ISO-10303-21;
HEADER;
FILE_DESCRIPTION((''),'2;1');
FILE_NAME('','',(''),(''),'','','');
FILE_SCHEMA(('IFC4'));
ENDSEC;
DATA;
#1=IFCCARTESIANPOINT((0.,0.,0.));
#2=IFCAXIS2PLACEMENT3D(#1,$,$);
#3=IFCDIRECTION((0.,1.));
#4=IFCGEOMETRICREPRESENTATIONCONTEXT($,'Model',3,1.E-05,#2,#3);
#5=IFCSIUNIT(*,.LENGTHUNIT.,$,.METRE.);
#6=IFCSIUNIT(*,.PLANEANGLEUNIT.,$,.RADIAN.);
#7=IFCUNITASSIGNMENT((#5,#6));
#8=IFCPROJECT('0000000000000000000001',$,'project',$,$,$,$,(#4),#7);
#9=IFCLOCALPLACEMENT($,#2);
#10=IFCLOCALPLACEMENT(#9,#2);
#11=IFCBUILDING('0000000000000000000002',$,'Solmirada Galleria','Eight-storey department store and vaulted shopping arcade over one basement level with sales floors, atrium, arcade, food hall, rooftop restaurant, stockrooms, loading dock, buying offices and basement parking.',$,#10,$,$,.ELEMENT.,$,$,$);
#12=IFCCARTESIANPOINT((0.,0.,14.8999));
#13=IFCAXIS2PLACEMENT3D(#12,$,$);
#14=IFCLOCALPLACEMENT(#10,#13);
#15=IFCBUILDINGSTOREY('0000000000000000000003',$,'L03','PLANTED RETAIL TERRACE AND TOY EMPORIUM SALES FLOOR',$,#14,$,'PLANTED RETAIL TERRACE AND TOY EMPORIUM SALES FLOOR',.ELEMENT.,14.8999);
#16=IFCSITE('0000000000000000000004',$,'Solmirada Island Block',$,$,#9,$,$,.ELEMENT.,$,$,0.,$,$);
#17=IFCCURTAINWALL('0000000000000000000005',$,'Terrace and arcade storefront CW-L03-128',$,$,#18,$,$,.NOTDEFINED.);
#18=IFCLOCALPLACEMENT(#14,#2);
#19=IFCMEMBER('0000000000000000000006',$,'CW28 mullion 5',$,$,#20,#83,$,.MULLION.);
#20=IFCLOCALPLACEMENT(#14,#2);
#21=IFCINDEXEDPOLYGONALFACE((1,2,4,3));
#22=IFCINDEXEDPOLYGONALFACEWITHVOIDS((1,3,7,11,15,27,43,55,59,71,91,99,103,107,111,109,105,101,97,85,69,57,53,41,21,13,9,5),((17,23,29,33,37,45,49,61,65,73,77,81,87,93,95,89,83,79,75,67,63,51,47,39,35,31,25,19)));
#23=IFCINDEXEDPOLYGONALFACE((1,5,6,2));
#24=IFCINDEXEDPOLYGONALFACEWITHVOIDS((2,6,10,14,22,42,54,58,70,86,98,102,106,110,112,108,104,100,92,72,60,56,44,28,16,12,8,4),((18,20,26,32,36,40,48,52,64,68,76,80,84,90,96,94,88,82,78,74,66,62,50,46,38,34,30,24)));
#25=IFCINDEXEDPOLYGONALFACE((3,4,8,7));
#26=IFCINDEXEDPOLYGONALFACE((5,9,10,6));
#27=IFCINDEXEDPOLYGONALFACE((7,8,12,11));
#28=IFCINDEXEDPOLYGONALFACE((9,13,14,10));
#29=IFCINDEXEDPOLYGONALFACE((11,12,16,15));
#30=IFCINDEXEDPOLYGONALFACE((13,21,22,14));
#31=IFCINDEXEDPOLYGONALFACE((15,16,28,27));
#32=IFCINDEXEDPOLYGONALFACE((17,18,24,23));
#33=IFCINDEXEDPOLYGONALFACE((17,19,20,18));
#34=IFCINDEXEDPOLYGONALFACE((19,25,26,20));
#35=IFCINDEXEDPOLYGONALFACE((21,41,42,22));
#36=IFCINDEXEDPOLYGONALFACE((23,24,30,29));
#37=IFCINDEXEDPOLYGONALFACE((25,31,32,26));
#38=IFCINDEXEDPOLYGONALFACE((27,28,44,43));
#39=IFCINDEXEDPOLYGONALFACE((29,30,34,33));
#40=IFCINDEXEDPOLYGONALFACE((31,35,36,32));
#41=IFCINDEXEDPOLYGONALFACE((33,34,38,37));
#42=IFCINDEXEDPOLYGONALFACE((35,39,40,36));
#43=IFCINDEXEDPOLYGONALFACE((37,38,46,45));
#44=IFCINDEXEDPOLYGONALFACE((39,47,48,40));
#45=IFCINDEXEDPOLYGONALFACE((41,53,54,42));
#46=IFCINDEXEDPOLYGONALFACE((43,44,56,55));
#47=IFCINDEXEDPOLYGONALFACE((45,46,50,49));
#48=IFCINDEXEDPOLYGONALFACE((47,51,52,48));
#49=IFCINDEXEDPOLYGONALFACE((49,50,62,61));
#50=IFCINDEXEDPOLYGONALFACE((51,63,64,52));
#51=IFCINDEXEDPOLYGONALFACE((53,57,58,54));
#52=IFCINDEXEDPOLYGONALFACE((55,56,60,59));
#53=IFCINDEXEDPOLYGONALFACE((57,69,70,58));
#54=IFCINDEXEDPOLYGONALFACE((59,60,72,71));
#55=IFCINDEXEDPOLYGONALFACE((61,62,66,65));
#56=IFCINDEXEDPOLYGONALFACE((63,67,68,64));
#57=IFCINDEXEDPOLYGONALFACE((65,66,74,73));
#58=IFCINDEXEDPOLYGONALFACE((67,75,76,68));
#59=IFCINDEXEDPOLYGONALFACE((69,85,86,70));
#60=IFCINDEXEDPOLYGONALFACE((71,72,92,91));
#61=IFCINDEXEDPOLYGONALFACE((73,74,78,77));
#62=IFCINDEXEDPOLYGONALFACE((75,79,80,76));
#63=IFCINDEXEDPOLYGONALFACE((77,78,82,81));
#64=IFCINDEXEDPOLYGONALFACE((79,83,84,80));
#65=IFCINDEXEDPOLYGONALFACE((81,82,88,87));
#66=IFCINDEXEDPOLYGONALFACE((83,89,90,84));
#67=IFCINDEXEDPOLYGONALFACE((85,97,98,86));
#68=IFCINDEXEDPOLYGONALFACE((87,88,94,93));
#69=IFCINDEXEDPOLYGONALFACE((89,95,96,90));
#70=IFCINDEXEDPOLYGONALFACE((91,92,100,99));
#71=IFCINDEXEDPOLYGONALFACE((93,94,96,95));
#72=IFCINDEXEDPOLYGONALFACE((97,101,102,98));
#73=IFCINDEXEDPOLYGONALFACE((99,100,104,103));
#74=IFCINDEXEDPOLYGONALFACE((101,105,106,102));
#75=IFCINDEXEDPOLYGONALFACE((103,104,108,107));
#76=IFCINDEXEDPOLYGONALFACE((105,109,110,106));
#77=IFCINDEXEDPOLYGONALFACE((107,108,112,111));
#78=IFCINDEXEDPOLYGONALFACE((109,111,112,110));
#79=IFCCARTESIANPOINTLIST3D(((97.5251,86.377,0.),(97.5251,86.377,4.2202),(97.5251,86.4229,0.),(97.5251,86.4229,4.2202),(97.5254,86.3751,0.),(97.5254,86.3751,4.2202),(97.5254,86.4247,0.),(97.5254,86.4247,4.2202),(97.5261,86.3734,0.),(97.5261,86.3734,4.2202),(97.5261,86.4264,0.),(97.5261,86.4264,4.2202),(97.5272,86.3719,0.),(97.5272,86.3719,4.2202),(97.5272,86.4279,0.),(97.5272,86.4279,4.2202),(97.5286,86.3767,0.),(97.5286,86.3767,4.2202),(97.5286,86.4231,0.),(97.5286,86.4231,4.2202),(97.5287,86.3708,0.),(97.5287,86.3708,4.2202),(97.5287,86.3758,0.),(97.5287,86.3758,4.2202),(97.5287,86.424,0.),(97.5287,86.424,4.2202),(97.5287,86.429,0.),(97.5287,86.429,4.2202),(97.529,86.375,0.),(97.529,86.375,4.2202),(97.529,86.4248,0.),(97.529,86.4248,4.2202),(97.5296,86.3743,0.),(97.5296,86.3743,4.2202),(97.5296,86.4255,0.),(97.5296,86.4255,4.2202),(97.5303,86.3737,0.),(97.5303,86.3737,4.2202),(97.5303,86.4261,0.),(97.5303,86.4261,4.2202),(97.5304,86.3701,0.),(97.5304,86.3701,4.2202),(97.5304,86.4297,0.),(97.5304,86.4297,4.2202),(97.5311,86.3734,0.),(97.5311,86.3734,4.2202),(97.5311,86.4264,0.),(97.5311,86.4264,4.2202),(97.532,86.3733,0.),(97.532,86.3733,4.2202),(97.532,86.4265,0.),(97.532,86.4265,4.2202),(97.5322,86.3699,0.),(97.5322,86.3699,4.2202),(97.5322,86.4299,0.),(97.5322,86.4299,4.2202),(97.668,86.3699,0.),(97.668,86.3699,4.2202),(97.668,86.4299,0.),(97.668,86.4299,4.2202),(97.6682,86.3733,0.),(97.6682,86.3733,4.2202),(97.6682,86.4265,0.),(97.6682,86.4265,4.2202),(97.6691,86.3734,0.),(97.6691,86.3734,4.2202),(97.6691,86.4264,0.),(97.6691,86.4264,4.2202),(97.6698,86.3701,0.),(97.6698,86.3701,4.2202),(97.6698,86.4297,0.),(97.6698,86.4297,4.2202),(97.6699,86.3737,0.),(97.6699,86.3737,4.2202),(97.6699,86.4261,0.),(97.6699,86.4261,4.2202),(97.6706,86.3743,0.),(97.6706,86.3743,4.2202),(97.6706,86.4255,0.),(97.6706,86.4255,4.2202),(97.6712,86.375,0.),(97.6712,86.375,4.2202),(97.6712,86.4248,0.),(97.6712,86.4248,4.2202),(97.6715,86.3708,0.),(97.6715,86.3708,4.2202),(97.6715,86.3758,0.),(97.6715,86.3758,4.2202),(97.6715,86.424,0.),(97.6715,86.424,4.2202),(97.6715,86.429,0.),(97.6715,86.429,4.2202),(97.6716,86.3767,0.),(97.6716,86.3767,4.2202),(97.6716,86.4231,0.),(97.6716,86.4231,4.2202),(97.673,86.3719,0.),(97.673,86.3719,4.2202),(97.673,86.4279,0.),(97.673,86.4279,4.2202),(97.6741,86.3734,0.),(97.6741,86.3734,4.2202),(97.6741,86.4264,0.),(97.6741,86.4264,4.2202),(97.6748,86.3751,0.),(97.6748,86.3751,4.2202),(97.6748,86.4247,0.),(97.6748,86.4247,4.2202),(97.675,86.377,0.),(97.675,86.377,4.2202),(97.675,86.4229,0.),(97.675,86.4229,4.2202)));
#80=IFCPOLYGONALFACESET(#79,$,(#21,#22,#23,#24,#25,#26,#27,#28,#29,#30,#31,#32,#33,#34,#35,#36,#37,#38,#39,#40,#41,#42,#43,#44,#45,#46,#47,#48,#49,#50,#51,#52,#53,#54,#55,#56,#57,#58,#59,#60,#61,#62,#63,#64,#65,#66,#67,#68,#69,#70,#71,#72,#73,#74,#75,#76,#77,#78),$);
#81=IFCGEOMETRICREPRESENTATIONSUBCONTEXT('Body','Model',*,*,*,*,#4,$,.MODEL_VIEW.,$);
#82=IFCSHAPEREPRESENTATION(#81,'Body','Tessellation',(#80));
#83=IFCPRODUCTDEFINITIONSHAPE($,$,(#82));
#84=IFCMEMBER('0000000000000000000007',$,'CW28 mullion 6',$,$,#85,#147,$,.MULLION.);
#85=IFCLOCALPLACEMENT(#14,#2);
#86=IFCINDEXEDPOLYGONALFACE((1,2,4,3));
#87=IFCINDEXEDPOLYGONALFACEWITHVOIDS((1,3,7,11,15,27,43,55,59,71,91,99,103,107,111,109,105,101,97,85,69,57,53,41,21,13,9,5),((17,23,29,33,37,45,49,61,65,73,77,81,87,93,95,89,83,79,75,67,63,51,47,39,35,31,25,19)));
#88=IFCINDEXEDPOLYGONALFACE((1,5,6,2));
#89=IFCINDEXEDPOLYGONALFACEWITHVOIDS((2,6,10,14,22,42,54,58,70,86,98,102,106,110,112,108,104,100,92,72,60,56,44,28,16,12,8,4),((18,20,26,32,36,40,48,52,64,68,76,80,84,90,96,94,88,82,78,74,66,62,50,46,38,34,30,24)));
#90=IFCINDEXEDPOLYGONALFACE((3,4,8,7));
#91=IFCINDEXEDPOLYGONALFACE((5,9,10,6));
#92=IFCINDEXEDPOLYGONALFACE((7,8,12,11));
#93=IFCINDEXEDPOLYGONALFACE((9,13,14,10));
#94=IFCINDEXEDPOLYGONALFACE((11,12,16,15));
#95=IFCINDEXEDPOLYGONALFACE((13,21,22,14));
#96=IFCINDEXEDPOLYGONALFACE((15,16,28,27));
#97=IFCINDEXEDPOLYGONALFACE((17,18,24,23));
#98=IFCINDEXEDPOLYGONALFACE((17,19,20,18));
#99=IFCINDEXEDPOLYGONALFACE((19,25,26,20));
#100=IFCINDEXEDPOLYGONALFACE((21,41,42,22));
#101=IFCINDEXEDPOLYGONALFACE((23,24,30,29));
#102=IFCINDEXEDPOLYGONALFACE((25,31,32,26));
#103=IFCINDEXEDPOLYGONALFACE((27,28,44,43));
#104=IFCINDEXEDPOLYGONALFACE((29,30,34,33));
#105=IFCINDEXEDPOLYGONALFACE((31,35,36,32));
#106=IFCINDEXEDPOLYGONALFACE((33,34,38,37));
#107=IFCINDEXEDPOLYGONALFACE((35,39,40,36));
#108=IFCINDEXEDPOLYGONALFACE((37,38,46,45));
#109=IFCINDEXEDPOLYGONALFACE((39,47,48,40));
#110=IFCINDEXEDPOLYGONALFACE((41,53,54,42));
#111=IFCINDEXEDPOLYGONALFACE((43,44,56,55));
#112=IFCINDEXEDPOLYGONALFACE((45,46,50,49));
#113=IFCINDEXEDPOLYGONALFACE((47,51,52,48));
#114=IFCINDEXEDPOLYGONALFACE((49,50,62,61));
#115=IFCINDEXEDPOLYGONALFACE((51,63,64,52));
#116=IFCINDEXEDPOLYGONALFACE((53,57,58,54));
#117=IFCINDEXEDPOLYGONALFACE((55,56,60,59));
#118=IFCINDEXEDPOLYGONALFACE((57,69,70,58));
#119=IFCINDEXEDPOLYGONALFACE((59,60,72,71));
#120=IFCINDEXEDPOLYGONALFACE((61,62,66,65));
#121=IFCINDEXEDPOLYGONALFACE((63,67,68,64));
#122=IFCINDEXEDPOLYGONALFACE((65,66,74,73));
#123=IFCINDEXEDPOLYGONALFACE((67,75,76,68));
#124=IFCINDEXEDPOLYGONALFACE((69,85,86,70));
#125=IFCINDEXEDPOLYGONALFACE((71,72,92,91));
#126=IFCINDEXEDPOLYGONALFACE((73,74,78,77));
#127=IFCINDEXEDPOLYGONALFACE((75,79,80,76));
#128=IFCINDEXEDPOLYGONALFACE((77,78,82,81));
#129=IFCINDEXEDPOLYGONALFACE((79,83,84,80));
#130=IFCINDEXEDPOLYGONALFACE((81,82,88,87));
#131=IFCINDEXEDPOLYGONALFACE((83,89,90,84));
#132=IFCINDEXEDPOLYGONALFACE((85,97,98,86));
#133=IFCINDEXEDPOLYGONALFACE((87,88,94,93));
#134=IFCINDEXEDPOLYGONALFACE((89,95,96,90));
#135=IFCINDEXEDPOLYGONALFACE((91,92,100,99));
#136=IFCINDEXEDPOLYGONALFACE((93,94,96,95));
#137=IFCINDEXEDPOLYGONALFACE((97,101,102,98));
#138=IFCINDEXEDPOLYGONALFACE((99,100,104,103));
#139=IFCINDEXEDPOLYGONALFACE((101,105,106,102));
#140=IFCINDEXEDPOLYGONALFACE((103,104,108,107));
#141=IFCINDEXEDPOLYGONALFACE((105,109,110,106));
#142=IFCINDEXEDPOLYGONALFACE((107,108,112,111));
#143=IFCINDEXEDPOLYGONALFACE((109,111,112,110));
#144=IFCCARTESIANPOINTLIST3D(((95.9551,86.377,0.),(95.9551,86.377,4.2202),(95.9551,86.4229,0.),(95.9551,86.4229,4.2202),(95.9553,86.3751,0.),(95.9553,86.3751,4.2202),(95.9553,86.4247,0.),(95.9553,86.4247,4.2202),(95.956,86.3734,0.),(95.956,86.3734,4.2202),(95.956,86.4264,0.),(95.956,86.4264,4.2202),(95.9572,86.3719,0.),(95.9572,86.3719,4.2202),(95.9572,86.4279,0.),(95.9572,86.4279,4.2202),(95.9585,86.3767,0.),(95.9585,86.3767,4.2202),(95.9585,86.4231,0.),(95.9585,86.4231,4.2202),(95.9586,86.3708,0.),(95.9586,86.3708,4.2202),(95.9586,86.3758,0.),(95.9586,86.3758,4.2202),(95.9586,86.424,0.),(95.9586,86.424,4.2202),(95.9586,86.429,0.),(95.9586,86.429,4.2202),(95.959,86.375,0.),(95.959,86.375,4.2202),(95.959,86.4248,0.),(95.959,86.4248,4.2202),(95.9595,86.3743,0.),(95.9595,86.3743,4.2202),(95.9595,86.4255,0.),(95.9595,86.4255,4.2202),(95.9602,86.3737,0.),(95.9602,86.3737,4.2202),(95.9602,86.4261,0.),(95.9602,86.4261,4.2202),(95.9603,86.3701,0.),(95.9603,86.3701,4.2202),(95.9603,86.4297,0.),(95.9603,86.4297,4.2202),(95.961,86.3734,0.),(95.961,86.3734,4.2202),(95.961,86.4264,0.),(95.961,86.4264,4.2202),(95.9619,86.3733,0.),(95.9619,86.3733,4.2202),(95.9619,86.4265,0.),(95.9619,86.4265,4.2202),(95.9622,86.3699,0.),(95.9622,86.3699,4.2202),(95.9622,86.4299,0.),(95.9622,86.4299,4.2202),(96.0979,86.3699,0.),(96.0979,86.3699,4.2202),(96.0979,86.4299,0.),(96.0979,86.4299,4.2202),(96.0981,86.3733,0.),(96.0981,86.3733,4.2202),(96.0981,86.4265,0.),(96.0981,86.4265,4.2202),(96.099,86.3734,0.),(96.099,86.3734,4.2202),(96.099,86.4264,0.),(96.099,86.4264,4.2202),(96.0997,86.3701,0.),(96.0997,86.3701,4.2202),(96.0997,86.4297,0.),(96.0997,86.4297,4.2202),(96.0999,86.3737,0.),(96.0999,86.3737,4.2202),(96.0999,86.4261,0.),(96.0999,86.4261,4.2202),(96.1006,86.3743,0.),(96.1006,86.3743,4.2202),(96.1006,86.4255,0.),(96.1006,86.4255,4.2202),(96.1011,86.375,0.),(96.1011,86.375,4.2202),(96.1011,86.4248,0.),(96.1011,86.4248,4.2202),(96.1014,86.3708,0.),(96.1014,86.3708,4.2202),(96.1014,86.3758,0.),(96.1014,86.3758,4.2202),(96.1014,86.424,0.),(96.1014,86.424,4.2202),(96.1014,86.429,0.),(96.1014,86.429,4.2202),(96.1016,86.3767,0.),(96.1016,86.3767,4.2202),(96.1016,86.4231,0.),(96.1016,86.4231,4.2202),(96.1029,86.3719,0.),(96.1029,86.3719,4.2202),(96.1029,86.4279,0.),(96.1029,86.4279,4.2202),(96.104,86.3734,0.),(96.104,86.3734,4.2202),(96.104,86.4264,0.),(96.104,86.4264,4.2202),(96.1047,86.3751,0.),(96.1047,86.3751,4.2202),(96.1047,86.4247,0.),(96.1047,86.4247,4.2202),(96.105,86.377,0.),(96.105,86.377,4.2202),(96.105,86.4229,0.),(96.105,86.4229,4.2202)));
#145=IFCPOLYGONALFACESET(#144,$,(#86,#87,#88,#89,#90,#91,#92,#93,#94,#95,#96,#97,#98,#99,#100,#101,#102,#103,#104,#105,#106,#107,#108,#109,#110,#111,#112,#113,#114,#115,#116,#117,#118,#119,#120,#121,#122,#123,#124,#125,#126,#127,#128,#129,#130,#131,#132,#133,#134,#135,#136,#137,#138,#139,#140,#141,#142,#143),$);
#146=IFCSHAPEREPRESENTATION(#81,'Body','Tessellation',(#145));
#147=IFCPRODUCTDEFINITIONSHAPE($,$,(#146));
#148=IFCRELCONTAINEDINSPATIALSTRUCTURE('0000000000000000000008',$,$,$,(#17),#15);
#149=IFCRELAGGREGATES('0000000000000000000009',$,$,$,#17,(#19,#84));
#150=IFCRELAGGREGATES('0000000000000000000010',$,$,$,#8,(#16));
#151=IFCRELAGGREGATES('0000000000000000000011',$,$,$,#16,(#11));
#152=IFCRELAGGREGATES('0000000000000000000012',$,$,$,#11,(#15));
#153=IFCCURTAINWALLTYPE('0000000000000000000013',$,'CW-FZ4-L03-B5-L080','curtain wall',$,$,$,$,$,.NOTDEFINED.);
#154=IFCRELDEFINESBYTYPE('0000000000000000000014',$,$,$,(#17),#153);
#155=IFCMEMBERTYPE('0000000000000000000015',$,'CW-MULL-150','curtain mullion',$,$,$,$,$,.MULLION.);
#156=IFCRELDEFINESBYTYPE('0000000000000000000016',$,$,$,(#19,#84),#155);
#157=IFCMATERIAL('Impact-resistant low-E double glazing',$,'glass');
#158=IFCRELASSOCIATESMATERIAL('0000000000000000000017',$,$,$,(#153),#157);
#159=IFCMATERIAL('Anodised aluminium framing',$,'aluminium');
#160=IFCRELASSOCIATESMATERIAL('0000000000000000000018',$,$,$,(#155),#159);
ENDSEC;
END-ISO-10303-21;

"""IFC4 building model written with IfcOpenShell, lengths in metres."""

from ifc_helpers import new_model, si_unit, direction, frame, origin, origin_2d, place, context, subcontext, project, spatial, hollow_rectangle, extrude, material, material_profile, profile_set, type_object, element, aggregate, save


model = new_model("IFC4")

# Units and contexts
model_context = context("Model", 3, precision=1e-05, world=origin(), true_north=direction((0.0, 1.0)))
body_context = subcontext(model_context, "Body", "Model", "MODEL_VIEW")
ifc_project = project(units=[si_unit("LENGTHUNIT", "METRE"), si_unit("PLANEANGLEUNIT", "RADIAN")], contexts=[model_context])

# Site, building, storey
site_placement = place(None, origin())
site = spatial("IfcSite", under=ifc_project, at=site_placement, Name="Solmirada Island Block", CompositionType="ELEMENT", RefElevation=0.0)
building_placement = place(site_placement, origin())
building = spatial("IfcBuilding", under=site, at=building_placement, Name="Solmirada Galleria", Description="Eight-storey department store and vaulted shopping arcade over one basement level with sales floors, atrium, arcade, food hall, rooftop restaurant, stockrooms, loading dock, buying offices and basement parking.", CompositionType="ELEMENT")
storey_placement = place(building_placement, frame((0.0, 0.0, 14.8999)))
storey = spatial("IfcBuildingStorey", under=building, at=storey_placement, Name="L03", Description="PLANTED RETAIL TERRACE AND TOY EMPORIUM SALES FLOOR", LongName="PLANTED RETAIL TERRACE AND TOY EMPORIUM SALES FLOOR", CompositionType="ELEMENT", Elevation=14.8999)

# Shared definitions
ifc_material_1 = material(Name="Impact-resistant low-E double glazing", Category="glass")
curtain_wall_type = type_object("IfcCurtainWallType", Name="CW-FZ4-L03-B5-L080", Description="curtain wall", PredefinedType="NOTDEFINED", material=ifc_material_1)
ifc_material_2 = material(Name="Anodised aluminium framing", Category="aluminium")
ifc_material_profile_1 = material_profile(ifc_material_2, hollow_rectangle(XDim=0.0601, YDim=0.1499, WallThickness=0.0034, InnerFilletRadius=0.0034, OuterFilletRadius=0.0071, at=origin_2d()), Name="ALU-MULL-150X60")
ifc_profile_set_1 = profile_set([ifc_material_profile_1], Name="Anodised aluminium framing")
member_type_1 = type_object("IfcMemberType", Name="CW-MULL-150", Description="curtain mullion", PredefinedType="MULLION", material=ifc_profile_set_1)

# Curtain wall, members
curtain_wall_1_placement = place(storey_placement, origin())
curtain_wall_1 = element("IfcCurtainWall", 1, at=curtain_wall_1_placement, inside=storey, type_object=curtain_wall_type, Name="Terrace and arcade storefront CW-L03-128", PredefinedType="NOTDEFINED")
member_1_placement = place(storey_placement, frame((97.6001, 86.3999, 0.0), z_axis=(0.0, 0.0, 1.0), x_axis=(0.0, -1.0, 0.0)))
member_1 = element("IfcMember", 2, at=member_1_placement, type_object=member_type_1, Name="CW28 mullion 5", PredefinedType="MULLION", context=body_context, shape_type="SweptSolid", body=[
    extrude(hollow_rectangle(XDim=0.0601, YDim=0.1499, WallThickness=0.0034, InnerFilletRadius=0.0034, OuterFilletRadius=0.0071, at=origin_2d()), origin(), (0.0, 0.0, 1.0), 4.2202),
])
member_2_placement = place(storey_placement, frame((96.03, 86.3999, 0.0), z_axis=(0.0, 0.0, 1.0), x_axis=(0.0, -1.0, 0.0)))
member_2 = element("IfcMember", 3, at=member_2_placement, type_object=member_type_1, Name="CW28 mullion 6", PredefinedType="MULLION", context=body_context, shape_type="SweptSolid", body=[
    extrude(hollow_rectangle(XDim=0.0601, YDim=0.1499, WallThickness=0.0034, InnerFilletRadius=0.0034, OuterFilletRadius=0.0071, at=origin_2d()), origin(), (0.0, 0.0, 1.0), 4.2202),
])

aggregate(curtain_wall_1, [member_1, member_2])

save(model, "model.ifc")
